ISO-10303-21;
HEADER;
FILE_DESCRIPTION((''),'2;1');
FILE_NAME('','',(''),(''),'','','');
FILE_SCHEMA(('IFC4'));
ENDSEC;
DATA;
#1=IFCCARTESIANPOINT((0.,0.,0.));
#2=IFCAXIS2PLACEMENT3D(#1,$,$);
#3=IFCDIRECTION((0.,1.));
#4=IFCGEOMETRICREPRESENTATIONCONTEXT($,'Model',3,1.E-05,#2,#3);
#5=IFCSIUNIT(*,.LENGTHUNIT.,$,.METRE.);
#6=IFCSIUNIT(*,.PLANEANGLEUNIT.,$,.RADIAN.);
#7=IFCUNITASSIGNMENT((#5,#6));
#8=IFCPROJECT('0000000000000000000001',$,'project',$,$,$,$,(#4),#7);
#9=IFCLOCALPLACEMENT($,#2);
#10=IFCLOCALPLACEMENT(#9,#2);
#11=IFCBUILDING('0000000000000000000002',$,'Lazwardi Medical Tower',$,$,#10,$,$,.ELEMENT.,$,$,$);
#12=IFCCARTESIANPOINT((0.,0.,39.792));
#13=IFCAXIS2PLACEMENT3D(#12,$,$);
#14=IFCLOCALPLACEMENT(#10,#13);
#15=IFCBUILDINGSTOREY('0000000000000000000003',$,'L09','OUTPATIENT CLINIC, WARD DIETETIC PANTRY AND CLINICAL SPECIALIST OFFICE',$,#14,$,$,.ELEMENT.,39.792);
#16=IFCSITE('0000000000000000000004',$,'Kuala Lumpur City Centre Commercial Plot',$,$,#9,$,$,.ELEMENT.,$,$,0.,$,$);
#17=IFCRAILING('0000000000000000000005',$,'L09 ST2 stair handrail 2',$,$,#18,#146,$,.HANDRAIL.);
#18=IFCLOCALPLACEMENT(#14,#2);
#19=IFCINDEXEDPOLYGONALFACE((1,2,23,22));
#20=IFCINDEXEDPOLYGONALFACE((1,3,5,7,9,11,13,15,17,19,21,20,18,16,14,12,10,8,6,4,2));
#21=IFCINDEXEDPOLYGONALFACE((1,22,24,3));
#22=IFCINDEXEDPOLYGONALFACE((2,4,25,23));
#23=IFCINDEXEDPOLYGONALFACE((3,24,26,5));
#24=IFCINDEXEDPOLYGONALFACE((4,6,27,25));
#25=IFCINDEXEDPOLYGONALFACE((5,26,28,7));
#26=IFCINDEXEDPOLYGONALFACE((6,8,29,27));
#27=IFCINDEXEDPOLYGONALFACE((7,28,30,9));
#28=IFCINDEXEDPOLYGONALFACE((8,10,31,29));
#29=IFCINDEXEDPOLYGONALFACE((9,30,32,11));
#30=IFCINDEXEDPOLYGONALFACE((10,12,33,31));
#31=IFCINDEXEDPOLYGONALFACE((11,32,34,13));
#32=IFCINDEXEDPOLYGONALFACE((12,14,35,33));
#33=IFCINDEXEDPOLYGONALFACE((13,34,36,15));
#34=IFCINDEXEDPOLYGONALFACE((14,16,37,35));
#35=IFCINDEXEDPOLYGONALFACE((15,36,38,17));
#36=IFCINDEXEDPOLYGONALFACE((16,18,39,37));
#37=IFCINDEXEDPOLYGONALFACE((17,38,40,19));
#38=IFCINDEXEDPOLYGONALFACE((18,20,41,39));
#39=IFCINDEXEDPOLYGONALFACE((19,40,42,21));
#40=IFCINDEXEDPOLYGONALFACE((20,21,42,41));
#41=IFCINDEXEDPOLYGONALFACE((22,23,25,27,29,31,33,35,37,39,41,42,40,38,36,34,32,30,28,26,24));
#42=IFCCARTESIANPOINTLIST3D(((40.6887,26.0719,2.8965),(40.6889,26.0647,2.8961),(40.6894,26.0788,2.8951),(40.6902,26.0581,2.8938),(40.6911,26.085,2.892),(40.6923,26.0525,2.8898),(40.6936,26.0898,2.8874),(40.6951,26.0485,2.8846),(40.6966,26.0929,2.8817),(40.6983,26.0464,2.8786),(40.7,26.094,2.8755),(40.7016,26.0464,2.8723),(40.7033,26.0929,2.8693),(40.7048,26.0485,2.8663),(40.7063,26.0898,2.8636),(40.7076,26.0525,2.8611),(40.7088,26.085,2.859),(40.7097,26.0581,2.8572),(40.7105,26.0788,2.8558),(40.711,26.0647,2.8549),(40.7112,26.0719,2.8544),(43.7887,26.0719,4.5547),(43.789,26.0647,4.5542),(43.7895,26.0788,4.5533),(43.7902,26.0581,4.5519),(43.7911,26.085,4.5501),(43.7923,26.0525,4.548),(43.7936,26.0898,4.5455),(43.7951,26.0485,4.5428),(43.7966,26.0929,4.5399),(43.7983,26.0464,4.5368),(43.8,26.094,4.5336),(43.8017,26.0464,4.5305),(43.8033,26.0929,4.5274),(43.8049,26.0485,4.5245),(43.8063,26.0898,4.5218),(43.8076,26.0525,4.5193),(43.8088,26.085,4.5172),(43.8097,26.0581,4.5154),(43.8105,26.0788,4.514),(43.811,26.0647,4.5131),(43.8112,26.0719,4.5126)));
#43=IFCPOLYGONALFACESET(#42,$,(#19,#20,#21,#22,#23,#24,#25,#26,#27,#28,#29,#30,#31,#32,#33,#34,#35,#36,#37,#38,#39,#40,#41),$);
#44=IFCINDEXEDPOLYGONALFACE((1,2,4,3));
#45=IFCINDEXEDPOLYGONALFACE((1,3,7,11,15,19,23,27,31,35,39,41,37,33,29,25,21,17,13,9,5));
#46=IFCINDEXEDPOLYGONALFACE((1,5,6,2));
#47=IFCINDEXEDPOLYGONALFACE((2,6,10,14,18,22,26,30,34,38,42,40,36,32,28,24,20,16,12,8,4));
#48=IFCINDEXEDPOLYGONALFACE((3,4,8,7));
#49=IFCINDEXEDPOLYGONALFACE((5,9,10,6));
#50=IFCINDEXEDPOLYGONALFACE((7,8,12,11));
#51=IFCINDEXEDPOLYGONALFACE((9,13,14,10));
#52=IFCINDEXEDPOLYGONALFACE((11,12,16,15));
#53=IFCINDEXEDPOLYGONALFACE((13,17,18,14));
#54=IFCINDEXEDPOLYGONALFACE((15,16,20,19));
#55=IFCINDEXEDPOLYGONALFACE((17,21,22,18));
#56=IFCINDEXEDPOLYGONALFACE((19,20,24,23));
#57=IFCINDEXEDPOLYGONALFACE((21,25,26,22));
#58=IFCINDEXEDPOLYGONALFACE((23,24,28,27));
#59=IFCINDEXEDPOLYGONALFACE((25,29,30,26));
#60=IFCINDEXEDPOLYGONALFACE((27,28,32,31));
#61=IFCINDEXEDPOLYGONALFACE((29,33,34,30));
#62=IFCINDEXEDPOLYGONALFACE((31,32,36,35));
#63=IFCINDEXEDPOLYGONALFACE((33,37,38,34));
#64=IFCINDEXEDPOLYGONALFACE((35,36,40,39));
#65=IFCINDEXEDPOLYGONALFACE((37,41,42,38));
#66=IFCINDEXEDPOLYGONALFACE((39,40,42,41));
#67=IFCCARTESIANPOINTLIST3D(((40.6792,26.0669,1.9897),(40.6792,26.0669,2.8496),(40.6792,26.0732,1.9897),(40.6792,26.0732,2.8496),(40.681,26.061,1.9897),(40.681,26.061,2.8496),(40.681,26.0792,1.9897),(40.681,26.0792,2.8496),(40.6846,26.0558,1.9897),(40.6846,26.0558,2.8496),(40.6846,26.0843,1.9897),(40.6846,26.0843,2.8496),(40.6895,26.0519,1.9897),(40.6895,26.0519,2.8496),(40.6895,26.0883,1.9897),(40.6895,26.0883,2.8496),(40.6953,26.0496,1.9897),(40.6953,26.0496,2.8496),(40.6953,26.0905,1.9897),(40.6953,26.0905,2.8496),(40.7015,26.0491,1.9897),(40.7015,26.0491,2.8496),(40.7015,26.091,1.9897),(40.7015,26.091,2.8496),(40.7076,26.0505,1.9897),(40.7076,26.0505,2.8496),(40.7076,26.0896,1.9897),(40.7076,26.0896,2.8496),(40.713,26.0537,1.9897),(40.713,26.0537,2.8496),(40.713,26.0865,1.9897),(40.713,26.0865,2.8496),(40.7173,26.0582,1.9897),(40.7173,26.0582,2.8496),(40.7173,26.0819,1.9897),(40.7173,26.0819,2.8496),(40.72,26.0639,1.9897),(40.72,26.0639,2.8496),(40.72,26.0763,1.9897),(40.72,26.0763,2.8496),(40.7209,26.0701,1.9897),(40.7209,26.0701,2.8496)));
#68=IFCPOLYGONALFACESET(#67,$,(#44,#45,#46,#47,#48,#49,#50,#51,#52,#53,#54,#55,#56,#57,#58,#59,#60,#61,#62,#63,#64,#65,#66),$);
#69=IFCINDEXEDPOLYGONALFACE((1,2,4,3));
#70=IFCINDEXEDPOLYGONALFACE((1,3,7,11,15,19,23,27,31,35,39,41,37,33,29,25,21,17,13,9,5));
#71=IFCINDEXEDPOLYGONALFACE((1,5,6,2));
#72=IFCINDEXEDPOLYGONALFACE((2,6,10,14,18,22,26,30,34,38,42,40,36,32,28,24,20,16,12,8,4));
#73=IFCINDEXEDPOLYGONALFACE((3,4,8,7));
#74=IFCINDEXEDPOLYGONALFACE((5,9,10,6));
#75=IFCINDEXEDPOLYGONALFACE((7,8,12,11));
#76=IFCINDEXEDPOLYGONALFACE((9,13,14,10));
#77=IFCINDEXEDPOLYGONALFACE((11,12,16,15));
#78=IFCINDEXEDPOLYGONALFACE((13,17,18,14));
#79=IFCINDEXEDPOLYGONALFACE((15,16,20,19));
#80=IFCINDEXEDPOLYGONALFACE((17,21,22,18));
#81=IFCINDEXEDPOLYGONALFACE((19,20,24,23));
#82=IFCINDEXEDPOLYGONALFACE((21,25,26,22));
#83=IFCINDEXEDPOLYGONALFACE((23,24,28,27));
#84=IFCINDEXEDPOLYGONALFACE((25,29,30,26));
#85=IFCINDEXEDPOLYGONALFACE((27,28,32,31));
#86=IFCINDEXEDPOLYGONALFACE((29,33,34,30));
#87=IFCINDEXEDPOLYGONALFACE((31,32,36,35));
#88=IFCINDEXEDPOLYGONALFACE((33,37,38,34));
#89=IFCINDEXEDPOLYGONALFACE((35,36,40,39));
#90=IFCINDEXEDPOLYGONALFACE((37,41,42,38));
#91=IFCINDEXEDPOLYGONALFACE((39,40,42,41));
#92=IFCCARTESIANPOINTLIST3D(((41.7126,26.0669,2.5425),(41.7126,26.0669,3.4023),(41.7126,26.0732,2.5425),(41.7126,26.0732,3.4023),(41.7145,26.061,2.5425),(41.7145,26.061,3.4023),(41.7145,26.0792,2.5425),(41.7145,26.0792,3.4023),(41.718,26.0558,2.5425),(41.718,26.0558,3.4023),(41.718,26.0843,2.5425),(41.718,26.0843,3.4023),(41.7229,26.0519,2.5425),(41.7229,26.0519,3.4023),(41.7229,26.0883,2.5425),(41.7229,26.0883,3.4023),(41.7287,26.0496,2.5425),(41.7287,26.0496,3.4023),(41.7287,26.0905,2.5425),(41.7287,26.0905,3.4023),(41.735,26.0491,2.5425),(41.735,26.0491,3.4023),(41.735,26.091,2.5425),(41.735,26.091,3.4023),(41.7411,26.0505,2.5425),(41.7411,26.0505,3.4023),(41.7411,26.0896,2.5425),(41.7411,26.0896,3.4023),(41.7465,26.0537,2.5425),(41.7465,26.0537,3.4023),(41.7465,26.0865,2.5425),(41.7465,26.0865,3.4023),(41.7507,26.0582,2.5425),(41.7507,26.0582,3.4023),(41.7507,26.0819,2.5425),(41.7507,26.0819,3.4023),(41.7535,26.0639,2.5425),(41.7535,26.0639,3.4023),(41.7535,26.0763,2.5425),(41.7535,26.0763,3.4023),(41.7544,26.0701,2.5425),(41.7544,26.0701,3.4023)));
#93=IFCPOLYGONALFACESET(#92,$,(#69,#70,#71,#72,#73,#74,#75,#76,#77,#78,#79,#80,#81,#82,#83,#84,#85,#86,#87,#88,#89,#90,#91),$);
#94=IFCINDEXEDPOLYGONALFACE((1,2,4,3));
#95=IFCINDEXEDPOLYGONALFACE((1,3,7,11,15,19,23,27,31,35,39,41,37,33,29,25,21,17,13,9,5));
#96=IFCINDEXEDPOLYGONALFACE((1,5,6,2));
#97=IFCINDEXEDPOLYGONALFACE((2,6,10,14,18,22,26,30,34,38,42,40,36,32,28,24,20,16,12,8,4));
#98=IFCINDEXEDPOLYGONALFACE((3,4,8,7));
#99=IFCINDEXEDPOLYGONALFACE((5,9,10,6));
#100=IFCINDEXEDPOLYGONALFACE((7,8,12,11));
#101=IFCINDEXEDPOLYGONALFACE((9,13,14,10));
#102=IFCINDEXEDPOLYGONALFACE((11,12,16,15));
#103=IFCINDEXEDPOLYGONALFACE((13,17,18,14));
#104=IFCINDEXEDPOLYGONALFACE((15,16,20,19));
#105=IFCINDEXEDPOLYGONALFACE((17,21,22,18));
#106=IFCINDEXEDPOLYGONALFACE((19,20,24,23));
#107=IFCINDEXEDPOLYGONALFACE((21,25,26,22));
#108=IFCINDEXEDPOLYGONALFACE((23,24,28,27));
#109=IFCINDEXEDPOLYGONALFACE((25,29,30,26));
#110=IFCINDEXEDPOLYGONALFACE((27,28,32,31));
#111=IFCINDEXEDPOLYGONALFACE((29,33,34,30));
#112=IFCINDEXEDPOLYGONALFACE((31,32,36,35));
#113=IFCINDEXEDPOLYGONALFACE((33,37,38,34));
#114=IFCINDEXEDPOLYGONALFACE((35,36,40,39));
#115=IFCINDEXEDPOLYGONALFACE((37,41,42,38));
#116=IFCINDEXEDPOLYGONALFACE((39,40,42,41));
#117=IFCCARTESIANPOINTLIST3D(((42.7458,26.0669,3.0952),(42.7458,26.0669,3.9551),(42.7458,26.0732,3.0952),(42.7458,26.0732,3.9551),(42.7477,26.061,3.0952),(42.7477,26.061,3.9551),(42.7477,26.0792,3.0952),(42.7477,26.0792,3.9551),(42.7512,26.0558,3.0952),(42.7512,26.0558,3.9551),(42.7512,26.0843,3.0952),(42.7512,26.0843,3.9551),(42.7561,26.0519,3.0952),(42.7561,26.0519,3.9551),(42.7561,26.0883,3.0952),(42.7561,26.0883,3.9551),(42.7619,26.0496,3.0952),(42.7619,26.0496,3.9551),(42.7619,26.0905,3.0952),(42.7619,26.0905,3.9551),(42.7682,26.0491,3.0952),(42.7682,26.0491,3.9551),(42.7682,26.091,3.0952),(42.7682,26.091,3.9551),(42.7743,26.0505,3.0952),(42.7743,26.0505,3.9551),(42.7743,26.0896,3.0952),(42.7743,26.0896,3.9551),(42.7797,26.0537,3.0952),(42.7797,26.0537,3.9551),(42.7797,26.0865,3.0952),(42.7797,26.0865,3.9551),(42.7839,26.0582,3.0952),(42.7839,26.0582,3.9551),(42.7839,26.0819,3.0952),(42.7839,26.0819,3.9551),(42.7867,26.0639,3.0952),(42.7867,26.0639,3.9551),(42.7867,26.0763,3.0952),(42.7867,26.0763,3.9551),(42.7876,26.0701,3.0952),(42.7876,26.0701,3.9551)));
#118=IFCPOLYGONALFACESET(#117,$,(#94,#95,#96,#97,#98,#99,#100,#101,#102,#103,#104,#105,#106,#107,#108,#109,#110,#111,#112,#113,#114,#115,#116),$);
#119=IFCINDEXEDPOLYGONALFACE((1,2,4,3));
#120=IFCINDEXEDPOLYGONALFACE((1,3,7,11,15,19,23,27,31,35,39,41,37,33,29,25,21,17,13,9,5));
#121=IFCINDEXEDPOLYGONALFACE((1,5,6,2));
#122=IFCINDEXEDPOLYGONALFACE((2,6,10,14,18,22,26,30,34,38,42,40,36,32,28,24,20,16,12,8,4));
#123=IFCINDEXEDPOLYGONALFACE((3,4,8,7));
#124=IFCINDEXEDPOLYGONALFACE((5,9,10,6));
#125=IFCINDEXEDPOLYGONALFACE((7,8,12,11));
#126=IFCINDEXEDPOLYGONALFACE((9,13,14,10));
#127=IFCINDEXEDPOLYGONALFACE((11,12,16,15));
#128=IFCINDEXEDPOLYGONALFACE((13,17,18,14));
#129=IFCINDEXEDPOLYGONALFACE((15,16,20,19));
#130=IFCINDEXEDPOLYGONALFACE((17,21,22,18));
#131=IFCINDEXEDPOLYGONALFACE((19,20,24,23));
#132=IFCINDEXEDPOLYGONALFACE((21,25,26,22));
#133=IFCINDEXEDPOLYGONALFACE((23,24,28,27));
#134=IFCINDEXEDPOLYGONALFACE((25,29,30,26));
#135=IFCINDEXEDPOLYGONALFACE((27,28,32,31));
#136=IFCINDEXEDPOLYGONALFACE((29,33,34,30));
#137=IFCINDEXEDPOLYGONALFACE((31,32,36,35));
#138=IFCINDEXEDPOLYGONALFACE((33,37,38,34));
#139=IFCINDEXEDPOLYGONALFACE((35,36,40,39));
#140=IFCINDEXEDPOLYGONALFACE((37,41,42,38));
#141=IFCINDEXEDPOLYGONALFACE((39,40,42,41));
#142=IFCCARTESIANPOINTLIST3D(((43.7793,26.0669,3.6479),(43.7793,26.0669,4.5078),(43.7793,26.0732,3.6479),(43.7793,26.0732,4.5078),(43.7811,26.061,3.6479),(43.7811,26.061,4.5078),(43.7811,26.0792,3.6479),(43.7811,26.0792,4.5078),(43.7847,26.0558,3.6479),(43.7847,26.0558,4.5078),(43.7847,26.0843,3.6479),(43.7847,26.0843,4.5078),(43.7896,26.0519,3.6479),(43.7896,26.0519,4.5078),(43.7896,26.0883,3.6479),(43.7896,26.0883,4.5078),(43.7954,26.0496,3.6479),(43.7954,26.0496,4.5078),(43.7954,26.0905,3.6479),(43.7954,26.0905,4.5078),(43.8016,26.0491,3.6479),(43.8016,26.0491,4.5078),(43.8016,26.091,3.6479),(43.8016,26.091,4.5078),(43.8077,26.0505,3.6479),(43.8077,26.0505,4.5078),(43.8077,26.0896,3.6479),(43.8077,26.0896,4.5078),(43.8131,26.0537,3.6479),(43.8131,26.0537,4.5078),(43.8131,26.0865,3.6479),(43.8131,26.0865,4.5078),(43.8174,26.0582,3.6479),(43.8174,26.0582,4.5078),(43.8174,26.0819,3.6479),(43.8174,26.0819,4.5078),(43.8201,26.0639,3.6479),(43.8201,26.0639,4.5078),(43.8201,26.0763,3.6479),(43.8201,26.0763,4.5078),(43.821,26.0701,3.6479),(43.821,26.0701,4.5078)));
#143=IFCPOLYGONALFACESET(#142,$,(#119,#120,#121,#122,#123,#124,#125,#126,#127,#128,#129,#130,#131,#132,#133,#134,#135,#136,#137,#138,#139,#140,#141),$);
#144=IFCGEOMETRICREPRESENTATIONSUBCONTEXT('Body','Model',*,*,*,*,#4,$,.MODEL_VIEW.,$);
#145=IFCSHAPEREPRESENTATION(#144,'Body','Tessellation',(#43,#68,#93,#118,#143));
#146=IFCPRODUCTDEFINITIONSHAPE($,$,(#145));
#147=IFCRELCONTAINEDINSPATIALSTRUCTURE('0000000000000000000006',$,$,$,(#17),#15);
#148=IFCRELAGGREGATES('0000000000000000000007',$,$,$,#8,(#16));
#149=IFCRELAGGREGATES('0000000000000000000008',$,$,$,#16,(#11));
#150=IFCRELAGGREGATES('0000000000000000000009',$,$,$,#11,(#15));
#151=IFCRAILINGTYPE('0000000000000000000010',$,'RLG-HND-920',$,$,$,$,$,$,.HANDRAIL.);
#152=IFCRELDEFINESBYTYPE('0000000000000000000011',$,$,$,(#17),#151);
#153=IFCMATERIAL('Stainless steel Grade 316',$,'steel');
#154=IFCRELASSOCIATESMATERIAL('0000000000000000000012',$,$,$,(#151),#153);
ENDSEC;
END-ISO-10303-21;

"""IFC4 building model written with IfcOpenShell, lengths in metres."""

from ifc_helpers import new_model, si_unit, direction, frame, origin, origin_2d, place, context, subcontext, project, spatial, circle, extrude, material, type_object, element, save


model = new_model("IFC4")

# Units and contexts
model_context = context("Model", 3, precision=1e-05, world=origin(), true_north=direction((0.0, 1.0)))
body_context = subcontext(model_context, "Body", "Model", "MODEL_VIEW")
ifc_project = project(units=[si_unit("LENGTHUNIT", "METRE"), si_unit("PLANEANGLEUNIT", "RADIAN")], contexts=[model_context])

# Site, building, storey
site_placement = place(None, origin())
site = spatial("IfcSite", under=ifc_project, at=site_placement, Name="Kuala Lumpur City Centre Commercial Plot", CompositionType="ELEMENT", RefElevation=0.0)
building_placement = place(site_placement, origin())
building = spatial("IfcBuilding", under=site, at=building_placement, Name="Lazwardi Medical Tower", CompositionType="ELEMENT")
storey_placement = place(building_placement, frame((0.0, 0.0, 39.792)))
storey = spatial("IfcBuildingStorey", under=building, at=storey_placement, Name="L09", Description="OUTPATIENT CLINIC, WARD DIETETIC PANTRY AND CLINICAL SPECIALIST OFFICE", CompositionType="ELEMENT", Elevation=39.792)

# Railing
ifc_material_1 = material(Name="Stainless steel Grade 316", Category="steel")
railing_type_1 = type_object("IfcRailingType", Name="RLG-HND-920", PredefinedType="HANDRAIL", material=ifc_material_1)
railing_1_placement = place(storey_placement, frame((40.7, 26.0701, 1.9897)))
element("IfcRailing", 1, at=railing_1_placement, inside=storey, type_object=railing_type_1, Name="L09 ST2 stair handrail 2", PredefinedType="HANDRAIL", context=body_context, shape_type="SweptSolid", body=[
    extrude(circle(Radius=0.0239, at=origin_2d()), frame((0.0, 0.0, 0.8857), z_axis=(0.881783, 0.0, 0.471655), x_axis=(0.0, 1.0, 0.0)), (0.0, 0.0, 1.0), 3.5156),
    extrude(circle(Radius=0.021, at=origin_2d()), origin(), (0.0, 0.0, 1.0), 0.8599),
    extrude(circle(Radius=0.021, at=origin_2d()), frame((1.0334, 0.0, 0.5527)), (0.0, 0.0, 1.0), 0.8599),
    extrude(circle(Radius=0.021, at=origin_2d()), frame((2.0667, 0.0, 1.1055)), (0.0, 0.0, 1.0), 0.8599),
    extrude(circle(Radius=0.021, at=origin_2d()), frame((3.1001, 0.0, 1.6582)), (0.0, 0.0, 1.0), 0.8599),
])

save(model, "model.ifc")
